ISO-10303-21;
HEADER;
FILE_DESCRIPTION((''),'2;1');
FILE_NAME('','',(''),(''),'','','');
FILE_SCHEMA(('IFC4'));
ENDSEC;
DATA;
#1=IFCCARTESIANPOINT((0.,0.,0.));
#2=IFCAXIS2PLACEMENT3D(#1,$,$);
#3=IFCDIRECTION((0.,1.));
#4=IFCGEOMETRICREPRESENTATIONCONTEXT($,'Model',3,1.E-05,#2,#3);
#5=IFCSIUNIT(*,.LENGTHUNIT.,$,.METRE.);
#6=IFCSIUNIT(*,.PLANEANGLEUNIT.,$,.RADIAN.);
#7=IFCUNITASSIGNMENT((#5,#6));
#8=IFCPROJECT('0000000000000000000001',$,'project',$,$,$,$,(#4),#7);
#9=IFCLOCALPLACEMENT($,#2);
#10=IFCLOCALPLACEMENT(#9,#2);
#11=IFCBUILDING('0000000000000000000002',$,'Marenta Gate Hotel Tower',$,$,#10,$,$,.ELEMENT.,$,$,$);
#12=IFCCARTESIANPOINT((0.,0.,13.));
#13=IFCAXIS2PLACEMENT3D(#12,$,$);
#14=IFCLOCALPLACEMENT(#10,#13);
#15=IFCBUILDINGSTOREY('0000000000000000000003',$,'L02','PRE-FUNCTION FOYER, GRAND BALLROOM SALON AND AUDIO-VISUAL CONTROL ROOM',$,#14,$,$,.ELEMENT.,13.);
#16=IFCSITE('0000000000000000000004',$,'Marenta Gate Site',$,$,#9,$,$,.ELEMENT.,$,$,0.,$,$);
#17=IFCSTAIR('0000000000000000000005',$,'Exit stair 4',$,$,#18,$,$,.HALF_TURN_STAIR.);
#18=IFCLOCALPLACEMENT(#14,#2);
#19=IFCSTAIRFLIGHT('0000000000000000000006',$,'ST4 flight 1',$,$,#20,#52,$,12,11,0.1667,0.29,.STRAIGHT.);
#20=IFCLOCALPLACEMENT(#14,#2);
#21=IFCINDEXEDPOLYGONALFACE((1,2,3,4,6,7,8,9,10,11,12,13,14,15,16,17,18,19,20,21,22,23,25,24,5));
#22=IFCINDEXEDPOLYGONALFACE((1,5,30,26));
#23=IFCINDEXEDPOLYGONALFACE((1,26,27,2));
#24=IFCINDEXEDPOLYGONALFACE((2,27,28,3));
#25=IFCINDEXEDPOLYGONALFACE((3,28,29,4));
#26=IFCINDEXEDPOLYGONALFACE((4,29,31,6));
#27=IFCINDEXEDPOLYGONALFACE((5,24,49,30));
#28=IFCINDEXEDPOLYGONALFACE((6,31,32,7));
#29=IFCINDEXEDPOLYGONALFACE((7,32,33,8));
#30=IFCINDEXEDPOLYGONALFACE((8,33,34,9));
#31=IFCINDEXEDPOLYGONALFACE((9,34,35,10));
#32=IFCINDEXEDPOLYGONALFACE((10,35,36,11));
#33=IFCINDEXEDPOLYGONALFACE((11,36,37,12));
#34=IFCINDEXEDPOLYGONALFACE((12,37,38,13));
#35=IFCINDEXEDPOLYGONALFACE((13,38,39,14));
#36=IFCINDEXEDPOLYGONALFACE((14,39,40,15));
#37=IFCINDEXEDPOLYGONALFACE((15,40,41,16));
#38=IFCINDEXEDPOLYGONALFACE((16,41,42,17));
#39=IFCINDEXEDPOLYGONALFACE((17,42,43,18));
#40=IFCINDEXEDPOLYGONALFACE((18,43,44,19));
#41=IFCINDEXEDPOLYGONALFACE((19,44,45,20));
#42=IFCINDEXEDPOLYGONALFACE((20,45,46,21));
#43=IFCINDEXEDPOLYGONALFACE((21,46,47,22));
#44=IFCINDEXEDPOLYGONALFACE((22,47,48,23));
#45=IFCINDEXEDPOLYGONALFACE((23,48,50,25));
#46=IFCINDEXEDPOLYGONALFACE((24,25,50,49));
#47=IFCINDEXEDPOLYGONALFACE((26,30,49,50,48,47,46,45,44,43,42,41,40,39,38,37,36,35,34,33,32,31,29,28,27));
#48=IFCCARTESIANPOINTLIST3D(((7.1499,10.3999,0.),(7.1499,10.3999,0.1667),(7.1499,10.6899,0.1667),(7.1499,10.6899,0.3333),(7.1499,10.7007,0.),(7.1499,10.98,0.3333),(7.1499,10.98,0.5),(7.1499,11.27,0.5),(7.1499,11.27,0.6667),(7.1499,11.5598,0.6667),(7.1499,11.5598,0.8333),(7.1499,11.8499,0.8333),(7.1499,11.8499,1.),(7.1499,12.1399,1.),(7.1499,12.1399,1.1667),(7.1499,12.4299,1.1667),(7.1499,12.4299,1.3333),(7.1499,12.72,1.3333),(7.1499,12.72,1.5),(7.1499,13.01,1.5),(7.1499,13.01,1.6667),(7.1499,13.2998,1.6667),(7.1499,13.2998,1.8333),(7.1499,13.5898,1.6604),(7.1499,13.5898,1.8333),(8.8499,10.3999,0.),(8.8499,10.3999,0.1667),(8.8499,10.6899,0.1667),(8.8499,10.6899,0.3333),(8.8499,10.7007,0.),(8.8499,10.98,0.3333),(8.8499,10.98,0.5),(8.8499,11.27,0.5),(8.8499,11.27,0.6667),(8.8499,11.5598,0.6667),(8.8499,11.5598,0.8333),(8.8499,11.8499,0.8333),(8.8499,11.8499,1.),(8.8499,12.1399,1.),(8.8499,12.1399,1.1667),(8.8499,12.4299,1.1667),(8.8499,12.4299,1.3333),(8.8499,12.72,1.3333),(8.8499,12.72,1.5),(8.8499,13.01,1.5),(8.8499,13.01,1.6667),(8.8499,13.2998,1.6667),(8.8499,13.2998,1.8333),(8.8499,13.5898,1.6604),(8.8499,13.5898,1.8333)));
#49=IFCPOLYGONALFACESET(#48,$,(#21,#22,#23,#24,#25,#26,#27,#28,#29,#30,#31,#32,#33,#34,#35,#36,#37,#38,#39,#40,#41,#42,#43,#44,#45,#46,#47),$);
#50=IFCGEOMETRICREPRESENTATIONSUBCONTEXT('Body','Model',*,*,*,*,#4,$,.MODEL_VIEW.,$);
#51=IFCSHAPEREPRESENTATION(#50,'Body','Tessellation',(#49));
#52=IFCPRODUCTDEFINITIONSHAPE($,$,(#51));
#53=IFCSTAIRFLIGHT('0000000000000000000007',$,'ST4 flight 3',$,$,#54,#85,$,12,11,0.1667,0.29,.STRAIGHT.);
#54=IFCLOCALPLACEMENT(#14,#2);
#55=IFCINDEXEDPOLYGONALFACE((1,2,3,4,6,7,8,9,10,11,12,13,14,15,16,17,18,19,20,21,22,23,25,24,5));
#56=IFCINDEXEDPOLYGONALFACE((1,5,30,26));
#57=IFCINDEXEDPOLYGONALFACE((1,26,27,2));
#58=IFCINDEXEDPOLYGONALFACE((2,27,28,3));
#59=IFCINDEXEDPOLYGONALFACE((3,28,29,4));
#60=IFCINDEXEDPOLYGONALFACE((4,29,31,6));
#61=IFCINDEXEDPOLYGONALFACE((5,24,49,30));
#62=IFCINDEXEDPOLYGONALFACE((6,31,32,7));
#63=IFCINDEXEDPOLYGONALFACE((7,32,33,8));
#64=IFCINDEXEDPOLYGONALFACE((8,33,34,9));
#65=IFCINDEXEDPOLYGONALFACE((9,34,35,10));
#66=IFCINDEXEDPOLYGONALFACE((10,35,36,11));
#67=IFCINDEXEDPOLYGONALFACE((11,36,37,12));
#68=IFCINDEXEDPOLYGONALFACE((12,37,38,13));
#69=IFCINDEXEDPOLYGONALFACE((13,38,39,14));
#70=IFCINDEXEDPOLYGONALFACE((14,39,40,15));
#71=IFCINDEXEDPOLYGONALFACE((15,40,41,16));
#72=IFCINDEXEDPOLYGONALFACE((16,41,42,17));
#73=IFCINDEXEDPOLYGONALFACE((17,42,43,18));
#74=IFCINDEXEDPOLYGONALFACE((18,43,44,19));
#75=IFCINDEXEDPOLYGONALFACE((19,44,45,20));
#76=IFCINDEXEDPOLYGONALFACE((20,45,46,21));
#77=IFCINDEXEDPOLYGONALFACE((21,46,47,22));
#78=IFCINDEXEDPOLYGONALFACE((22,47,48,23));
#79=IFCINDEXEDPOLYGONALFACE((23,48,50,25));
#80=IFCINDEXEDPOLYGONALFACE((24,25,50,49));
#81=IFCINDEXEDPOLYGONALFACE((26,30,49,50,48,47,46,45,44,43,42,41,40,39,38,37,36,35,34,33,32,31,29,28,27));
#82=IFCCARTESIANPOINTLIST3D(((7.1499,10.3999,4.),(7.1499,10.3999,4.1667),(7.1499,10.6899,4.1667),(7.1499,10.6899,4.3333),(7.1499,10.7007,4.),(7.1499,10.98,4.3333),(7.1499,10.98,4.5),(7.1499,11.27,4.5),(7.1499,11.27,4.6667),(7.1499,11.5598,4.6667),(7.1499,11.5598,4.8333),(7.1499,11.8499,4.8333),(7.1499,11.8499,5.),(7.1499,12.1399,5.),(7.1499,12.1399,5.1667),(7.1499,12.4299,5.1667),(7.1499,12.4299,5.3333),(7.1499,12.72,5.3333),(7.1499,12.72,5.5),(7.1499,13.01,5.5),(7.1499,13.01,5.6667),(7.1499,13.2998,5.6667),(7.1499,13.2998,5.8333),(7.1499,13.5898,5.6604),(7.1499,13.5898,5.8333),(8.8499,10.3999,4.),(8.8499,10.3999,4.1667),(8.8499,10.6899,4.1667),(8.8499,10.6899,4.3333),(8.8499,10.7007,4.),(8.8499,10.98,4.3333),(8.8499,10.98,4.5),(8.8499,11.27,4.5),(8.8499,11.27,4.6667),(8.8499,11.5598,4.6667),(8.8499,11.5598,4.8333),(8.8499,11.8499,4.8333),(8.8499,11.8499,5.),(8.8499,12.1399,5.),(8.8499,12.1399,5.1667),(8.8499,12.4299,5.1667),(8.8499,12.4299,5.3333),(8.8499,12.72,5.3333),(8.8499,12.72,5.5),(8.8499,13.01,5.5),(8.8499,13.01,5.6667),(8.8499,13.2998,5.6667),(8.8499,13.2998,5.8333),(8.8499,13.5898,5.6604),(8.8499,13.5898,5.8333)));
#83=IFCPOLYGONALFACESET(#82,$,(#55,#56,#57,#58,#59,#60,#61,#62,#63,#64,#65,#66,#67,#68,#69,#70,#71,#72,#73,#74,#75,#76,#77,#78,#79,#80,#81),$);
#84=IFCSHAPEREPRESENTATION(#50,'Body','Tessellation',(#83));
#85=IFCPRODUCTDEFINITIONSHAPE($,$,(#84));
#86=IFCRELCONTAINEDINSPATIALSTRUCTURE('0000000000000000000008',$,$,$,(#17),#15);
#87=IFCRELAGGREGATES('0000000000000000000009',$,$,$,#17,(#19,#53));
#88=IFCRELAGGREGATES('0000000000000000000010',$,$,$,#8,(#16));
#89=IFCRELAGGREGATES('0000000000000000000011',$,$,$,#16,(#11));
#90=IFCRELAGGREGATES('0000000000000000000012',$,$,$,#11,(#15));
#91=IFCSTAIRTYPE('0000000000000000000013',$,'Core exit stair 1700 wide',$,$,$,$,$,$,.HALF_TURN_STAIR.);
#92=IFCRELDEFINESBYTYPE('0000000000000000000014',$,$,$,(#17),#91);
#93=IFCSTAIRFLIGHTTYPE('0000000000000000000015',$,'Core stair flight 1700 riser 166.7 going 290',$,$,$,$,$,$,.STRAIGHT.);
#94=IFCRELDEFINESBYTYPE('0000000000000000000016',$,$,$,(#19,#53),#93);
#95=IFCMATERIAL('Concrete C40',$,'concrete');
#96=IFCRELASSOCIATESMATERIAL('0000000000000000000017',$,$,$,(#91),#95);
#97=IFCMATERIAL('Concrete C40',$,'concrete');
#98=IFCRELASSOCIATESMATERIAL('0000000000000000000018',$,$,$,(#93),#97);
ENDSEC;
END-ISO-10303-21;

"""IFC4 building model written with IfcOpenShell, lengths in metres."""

from ifc_helpers import new_model, si_unit, direction, frame, origin, place, context, subcontext, project, spatial, polyline, outline, extrude, material, type_object, element, aggregate, save


model = new_model("IFC4")

# Units and contexts
model_context = context("Model", 3, precision=1e-05, world=origin(), true_north=direction((0.0, 1.0)))
body_context = subcontext(model_context, "Body", "Model", "MODEL_VIEW")
ifc_project = project(units=[si_unit("LENGTHUNIT", "METRE"), si_unit("PLANEANGLEUNIT", "RADIAN")], contexts=[model_context])

# Site, building, storey
site_placement = place(None, origin())
site = spatial("IfcSite", under=ifc_project, at=site_placement, Name="Marenta Gate Site", CompositionType="ELEMENT", RefElevation=0.0)
building_placement = place(site_placement, origin())
building = spatial("IfcBuilding", under=site, at=building_placement, Name="Marenta Gate Hotel Tower", CompositionType="ELEMENT")
storey_placement = place(building_placement, frame((0.0, 0.0, 13.0)))
storey = spatial("IfcBuildingStorey", under=building, at=storey_placement, Name="L02", Description="PRE-FUNCTION FOYER, GRAND BALLROOM SALON AND AUDIO-VISUAL CONTROL ROOM", CompositionType="ELEMENT", Elevation=13.0)

# Stair, stair flights
ifc_material_1 = material(Name="Concrete C40", Category="concrete")
stair_type = type_object("IfcStairType", Name="Core exit stair 1700 wide", PredefinedType="HALF_TURN_STAIR", material=ifc_material_1)
ifc_material_2 = material(Name="Concrete C40", Category="concrete")
stair_flight_type = type_object("IfcStairFlightType", Name="Core stair flight 1700 riser 166.7 going 290", PredefinedType="STRAIGHT", material=ifc_material_2)
stair_1_placement = place(storey_placement, origin())
stair_1 = element("IfcStair", 1, at=stair_1_placement, inside=storey, type_object=stair_type, Name="Exit stair 4", PredefinedType="HALF_TURN_STAIR")
stair_flight_1_placement = place(storey_placement, frame((8.0, 10.3999, 0.0), z_axis=(0.0, 0.0, 1.0), x_axis=(0.0, 1.0, 0.0)))
stair_flight_1 = element("IfcStairFlight", 2, at=stair_flight_1_placement, type_object=stair_flight_type, Name="ST4 flight 1", NumberOfRisers=12, NumberOfTreads=11, PredefinedType="STRAIGHT", RiserHeight=0.1667, TreadLength=0.29, context=body_context, shape_type="SweptSolid", body=[
    extrude(outline(polyline([(0.0, 0.0), (0.0, 0.1667), (0.29, 0.1667), (0.29, 0.3333), (0.5801, 0.3333), (0.5801, 0.5), (0.8701, 0.5), (0.8701, 0.6667), (1.1599, 0.6667), (1.1599, 0.8333), (1.45, 0.8333), (1.45, 1.0), (1.74, 1.0), (1.74, 1.1667), (2.03, 1.1667), (2.03, 1.3333), (2.3201, 1.3333), (2.3201, 1.5), (2.6101, 1.5), (2.6101, 1.6667), (2.8999, 1.6667), (2.8999, 1.8333), (3.1899, 1.8333), (3.1899, 2.0), (3.1899, 1.6604), (0.3008, 0.0), (0.0, 0.0)])), frame((0.0, 0.8501, 0.0), z_axis=(0.0, -1.0, 0.0), x_axis=(1.0, 0.0, 0.0)), (0.0, 0.0, 1.0), 1.7),
])
stair_flight_2_placement = place(storey_placement, frame((8.0, 10.3999, 4.0), z_axis=(0.0, 0.0, 1.0), x_axis=(0.0, 1.0, 0.0)))
stair_flight_2 = element("IfcStairFlight", 3, at=stair_flight_2_placement, type_object=stair_flight_type, Name="ST4 flight 3", NumberOfRisers=12, NumberOfTreads=11, PredefinedType="STRAIGHT", RiserHeight=0.1667, TreadLength=0.29, context=body_context, shape_type="SweptSolid", body=[
    extrude(outline(polyline([(0.0, 0.0), (0.0, 0.1667), (0.29, 0.1667), (0.29, 0.3333), (0.5801, 0.3333), (0.5801, 0.5), (0.8701, 0.5), (0.8701, 0.6667), (1.1599, 0.6667), (1.1599, 0.8333), (1.45, 0.8333), (1.45, 1.0), (1.74, 1.0), (1.74, 1.1667), (2.03, 1.1667), (2.03, 1.3333), (2.3201, 1.3333), (2.3201, 1.5), (2.6101, 1.5), (2.6101, 1.6667), (2.8999, 1.6667), (2.8999, 1.8333), (3.1899, 1.8333), (3.1899, 2.0), (3.1899, 1.6604), (0.3008, 0.0), (0.0, 0.0)])), frame((0.0, 0.8501, 0.0), z_axis=(0.0, -1.0, 0.0), x_axis=(1.0, 0.0, 0.0)), (0.0, 0.0, 1.0), 1.7),
])
aggregate(stair_1, [stair_flight_1, stair_flight_2])

save(model, "model.ifc")
